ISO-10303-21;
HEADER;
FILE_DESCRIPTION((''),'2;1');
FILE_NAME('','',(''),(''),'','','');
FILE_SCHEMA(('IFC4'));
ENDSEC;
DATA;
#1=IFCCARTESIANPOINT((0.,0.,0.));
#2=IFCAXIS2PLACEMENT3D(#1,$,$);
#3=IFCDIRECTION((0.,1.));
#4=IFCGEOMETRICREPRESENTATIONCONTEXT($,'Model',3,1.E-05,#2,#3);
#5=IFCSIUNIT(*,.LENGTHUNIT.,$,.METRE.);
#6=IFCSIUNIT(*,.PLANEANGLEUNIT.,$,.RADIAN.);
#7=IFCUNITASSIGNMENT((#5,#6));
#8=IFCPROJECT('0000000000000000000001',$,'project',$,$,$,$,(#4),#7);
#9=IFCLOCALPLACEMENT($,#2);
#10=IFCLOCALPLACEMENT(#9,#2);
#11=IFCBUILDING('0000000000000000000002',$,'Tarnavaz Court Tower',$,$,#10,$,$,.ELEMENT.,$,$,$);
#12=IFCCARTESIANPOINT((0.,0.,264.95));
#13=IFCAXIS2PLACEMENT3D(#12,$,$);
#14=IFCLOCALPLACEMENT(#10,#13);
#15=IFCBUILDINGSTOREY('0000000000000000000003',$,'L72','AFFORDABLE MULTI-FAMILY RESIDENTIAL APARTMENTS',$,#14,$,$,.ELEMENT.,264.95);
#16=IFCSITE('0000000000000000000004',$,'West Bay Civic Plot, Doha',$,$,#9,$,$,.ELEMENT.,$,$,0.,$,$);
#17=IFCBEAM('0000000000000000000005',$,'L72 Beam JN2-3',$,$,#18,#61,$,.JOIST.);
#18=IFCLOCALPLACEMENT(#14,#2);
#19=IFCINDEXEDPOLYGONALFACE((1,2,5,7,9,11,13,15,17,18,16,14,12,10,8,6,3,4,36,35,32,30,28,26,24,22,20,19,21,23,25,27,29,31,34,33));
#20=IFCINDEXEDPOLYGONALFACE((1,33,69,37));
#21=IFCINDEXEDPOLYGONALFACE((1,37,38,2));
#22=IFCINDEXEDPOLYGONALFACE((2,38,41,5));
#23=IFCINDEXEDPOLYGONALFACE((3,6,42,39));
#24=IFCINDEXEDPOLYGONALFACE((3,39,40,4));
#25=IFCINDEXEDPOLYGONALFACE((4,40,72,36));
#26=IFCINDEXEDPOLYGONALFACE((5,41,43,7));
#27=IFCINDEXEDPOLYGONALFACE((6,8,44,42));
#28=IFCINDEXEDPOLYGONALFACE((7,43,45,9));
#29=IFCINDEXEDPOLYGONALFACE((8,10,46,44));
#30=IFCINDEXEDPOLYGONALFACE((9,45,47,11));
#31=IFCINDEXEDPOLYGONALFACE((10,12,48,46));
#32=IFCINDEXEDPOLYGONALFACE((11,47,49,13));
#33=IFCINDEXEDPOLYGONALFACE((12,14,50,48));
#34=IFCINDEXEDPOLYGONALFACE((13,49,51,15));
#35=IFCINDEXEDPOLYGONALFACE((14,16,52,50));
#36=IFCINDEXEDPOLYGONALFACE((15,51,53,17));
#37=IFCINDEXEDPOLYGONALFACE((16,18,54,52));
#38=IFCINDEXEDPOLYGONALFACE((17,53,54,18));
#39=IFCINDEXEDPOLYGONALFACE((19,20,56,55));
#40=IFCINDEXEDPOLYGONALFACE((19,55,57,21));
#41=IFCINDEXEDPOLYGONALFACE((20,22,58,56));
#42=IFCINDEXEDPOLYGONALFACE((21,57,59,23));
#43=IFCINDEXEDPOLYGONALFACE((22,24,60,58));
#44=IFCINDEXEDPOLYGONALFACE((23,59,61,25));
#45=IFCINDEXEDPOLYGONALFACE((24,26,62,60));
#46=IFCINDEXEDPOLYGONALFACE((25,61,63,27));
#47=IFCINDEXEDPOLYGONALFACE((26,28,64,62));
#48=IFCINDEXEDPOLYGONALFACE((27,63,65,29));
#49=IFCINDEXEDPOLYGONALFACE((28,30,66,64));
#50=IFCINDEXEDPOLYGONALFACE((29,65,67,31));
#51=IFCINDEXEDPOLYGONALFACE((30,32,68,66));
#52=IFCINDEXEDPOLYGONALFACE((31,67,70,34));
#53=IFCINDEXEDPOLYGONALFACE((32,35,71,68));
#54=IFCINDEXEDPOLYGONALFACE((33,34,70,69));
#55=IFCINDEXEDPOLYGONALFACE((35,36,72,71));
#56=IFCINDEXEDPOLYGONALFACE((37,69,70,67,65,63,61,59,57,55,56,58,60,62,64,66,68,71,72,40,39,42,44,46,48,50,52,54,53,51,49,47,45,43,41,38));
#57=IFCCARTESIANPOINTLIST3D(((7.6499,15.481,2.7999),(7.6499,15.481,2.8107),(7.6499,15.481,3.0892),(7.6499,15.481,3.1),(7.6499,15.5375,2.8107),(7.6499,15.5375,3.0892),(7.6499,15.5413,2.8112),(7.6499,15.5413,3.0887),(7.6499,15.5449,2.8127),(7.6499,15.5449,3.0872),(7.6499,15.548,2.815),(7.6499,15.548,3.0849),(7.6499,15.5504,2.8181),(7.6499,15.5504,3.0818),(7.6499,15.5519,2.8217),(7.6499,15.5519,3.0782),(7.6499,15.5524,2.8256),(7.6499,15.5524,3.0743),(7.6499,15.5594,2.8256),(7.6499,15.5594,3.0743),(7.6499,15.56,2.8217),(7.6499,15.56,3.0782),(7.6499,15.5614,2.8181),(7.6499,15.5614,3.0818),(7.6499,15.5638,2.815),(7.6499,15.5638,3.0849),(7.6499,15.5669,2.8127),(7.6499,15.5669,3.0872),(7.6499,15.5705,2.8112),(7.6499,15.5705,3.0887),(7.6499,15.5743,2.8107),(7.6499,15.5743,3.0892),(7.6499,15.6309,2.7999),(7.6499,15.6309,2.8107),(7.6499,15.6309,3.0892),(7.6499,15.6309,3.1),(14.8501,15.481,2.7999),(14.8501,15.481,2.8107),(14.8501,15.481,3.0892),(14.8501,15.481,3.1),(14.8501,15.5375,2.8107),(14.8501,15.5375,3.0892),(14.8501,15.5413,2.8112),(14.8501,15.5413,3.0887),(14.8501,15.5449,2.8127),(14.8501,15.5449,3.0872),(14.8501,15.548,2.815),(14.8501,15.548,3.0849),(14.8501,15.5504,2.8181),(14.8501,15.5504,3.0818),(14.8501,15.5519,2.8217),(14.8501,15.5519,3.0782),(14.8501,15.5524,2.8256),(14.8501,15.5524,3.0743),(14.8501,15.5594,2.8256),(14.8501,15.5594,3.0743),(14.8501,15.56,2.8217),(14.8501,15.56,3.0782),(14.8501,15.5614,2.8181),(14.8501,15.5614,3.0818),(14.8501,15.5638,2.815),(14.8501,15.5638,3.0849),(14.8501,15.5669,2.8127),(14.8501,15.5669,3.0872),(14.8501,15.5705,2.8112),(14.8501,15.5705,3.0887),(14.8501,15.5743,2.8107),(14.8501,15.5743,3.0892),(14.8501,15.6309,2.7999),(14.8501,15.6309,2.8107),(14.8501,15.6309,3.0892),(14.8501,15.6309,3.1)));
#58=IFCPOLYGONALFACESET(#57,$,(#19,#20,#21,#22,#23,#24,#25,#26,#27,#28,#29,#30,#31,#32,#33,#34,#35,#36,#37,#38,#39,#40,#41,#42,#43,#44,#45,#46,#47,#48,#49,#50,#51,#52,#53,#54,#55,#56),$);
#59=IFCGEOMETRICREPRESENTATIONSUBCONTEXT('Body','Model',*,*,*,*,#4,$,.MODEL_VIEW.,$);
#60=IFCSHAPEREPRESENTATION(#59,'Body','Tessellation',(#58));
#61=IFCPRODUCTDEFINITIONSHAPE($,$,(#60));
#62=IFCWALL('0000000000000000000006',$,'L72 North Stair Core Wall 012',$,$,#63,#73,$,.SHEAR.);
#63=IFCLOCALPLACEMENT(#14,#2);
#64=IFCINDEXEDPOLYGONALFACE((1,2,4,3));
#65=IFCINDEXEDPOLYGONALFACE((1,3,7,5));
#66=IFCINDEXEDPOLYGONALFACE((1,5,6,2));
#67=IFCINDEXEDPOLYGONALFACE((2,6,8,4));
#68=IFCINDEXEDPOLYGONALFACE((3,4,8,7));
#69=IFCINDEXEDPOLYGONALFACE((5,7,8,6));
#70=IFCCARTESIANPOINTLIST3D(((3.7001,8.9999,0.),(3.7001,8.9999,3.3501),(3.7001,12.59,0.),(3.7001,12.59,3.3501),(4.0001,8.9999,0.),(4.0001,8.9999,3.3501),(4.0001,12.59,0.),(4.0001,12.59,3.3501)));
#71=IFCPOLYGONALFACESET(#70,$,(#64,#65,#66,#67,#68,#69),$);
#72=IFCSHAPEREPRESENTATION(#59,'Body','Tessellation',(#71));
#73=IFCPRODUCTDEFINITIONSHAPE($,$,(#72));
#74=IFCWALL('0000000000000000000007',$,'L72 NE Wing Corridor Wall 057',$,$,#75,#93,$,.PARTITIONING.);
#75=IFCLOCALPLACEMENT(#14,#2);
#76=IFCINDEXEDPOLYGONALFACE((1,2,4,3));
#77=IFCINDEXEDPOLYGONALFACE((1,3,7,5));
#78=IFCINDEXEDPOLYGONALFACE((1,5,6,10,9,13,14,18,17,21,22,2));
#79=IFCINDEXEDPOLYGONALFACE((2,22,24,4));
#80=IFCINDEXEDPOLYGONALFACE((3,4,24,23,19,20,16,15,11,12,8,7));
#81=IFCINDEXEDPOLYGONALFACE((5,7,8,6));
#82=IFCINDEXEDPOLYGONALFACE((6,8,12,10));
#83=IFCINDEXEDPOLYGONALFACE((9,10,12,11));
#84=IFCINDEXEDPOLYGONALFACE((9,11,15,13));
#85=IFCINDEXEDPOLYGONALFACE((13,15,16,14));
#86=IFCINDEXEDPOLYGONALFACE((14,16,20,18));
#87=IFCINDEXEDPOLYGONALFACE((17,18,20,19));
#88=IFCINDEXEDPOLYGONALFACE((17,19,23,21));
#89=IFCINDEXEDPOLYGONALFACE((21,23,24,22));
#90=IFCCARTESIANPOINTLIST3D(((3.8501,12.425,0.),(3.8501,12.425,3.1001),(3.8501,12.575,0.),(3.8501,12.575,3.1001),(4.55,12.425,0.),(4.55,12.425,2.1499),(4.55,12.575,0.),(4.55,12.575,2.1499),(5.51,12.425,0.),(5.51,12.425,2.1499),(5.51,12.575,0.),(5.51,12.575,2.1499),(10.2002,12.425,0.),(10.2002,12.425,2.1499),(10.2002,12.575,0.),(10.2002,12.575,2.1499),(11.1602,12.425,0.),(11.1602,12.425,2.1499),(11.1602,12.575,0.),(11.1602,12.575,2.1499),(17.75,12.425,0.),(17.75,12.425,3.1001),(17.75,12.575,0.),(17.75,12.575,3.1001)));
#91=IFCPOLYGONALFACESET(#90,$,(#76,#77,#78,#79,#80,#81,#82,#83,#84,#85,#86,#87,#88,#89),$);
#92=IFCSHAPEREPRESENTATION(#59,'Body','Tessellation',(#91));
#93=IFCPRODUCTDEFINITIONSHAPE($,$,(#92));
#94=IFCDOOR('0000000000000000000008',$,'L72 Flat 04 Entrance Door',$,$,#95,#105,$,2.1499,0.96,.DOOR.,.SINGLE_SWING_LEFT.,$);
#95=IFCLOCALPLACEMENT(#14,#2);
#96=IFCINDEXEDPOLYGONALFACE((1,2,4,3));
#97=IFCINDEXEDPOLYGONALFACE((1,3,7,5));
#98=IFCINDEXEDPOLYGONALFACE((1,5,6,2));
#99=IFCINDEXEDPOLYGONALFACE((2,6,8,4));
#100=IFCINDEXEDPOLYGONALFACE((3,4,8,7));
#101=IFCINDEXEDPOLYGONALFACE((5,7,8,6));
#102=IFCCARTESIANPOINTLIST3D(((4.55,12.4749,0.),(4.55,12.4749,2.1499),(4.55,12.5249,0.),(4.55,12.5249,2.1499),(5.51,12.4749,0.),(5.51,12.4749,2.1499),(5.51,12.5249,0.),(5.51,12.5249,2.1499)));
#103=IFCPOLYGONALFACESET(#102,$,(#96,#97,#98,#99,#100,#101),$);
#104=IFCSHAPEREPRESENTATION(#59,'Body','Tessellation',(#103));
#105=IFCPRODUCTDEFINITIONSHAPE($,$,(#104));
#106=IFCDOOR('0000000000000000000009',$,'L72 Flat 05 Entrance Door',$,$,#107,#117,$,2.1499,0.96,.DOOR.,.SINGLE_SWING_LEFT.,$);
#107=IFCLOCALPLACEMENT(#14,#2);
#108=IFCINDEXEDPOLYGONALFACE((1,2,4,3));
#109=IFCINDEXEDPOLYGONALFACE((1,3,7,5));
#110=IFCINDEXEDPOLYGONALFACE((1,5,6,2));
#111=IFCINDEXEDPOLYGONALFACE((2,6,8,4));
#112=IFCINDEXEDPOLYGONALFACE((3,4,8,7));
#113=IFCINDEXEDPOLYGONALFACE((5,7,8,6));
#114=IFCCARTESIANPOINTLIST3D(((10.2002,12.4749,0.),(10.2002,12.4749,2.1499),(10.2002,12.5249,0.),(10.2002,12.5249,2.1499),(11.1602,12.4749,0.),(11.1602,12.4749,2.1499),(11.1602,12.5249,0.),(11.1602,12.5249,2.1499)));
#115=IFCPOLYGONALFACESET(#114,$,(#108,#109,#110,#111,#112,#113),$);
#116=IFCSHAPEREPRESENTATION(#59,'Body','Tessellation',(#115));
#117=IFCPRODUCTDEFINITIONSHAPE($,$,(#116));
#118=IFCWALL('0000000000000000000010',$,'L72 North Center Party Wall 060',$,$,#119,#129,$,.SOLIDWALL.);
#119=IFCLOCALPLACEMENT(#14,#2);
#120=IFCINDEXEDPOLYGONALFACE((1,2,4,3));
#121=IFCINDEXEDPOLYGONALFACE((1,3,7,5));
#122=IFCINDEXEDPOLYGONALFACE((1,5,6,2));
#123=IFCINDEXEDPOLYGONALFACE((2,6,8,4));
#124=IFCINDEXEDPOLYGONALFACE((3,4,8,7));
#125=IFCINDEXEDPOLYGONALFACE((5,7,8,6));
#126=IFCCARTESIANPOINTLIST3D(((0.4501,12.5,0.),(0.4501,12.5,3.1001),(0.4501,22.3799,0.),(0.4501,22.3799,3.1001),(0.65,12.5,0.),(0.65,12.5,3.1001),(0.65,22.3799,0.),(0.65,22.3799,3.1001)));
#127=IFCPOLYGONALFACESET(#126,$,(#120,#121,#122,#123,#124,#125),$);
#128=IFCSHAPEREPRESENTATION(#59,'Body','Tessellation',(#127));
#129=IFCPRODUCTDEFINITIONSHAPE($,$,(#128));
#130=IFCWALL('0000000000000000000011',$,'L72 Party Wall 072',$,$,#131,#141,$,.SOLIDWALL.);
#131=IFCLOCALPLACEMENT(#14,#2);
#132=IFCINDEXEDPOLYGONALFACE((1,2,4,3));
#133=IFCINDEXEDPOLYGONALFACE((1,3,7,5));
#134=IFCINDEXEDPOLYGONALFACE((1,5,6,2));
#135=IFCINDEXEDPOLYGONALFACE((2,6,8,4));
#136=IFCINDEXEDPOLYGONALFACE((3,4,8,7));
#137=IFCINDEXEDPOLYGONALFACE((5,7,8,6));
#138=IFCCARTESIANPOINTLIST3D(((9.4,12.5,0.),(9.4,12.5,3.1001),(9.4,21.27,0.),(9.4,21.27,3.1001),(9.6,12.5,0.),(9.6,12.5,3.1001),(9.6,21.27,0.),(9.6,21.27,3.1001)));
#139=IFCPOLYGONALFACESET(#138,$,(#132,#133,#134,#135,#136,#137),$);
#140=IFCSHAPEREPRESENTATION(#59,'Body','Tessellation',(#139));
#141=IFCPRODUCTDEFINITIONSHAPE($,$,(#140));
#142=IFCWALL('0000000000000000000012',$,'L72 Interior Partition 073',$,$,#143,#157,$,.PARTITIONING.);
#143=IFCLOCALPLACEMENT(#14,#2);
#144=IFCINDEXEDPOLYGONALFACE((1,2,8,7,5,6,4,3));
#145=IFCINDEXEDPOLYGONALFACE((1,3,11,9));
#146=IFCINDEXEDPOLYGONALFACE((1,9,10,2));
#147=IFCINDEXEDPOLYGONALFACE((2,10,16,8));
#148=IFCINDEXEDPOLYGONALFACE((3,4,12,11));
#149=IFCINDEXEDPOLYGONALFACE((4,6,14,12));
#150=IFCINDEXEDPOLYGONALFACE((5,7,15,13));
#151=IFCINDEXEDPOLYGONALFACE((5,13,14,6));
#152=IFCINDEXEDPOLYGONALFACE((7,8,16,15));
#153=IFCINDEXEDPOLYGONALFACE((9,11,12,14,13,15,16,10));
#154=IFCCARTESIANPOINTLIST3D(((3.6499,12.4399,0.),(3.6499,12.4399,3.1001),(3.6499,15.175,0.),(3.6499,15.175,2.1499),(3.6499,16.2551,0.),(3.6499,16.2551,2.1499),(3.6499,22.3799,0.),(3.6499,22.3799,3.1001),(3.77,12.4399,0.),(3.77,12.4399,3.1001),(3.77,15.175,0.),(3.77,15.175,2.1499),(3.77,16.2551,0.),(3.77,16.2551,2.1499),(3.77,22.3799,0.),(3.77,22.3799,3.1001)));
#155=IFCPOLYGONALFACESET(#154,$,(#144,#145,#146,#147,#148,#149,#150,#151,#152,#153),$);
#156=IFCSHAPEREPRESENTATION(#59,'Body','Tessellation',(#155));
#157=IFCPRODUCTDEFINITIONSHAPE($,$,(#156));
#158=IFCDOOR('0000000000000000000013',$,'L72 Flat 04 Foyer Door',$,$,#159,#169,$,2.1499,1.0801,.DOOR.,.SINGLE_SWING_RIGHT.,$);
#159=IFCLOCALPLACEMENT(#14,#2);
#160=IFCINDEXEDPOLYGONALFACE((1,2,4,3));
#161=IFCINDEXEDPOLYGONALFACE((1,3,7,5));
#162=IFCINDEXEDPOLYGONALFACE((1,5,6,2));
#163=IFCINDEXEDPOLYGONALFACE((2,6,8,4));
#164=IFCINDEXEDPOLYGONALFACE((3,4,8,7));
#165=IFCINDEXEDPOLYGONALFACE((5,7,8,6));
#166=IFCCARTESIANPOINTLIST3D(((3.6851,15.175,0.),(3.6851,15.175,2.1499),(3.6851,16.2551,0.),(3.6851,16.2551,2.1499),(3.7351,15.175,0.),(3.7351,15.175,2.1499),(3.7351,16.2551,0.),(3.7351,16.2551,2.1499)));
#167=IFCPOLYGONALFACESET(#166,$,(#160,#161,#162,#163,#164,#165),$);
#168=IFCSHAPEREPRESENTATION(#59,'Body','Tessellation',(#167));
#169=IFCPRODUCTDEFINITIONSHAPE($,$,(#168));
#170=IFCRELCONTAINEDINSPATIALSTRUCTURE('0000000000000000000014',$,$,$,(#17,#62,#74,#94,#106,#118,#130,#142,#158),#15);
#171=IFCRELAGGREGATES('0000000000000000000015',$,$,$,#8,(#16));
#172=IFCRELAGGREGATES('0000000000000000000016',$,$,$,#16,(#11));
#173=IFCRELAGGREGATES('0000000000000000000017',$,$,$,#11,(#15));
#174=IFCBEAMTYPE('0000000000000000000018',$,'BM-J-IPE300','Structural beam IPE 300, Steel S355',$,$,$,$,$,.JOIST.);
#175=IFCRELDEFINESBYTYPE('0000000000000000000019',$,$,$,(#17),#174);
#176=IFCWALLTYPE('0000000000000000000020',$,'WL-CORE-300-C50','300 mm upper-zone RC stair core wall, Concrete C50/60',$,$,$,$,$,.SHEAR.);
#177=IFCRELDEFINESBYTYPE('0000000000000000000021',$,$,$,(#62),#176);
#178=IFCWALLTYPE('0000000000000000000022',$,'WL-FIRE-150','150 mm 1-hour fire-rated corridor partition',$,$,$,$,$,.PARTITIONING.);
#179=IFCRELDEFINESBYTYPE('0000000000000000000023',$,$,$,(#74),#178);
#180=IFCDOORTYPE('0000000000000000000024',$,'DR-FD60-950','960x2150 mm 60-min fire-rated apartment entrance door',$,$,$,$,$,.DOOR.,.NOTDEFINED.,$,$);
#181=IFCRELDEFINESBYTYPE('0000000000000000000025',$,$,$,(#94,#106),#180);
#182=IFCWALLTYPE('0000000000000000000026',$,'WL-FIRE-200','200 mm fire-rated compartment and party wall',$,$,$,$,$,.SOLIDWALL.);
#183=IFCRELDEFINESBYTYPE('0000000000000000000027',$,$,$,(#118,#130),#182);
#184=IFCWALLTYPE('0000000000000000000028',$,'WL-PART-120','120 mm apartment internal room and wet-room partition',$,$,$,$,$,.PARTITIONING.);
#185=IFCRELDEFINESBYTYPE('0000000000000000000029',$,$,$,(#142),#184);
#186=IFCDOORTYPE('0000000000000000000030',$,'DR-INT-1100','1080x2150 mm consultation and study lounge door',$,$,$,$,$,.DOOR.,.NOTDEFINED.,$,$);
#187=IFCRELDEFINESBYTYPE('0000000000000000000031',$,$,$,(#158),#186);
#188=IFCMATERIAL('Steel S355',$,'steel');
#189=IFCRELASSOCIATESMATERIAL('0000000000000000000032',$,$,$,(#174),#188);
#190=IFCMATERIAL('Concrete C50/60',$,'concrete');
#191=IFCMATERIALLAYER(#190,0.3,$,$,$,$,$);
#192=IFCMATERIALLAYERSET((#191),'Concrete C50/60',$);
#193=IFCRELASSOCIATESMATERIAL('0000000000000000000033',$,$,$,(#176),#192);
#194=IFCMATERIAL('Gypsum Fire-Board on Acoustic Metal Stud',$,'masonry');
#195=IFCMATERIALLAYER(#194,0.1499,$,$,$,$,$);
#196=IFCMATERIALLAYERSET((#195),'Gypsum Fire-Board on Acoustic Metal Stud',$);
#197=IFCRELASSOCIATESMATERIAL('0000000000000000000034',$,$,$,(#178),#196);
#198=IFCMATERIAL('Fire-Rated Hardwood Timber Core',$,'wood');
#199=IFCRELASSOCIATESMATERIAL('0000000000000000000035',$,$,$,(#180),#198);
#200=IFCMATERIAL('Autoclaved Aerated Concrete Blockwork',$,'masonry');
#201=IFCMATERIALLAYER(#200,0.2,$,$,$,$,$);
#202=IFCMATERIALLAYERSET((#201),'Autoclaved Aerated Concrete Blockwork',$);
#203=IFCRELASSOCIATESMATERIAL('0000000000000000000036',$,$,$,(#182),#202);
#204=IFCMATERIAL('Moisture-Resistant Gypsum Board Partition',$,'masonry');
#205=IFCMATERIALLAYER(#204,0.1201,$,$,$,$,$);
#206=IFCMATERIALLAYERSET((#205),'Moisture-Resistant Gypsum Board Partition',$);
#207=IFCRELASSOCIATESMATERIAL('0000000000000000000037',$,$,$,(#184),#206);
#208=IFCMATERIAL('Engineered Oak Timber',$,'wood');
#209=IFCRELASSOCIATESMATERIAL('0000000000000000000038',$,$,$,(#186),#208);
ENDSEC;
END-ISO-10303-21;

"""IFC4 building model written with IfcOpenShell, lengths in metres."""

from ifc_helpers import new_model, si_unit, direction, frame, frame_2d, origin, origin_2d, place, context, subcontext, project, spatial, rectangle, i_section, extrude, material, layer, layer_set, material_profile, profile_set, type_object, element, fill, save


model = new_model("IFC4")

# Units and contexts
model_context = context("Model", 3, precision=1e-05, world=origin(), true_north=direction((0.0, 1.0)))
body_context = subcontext(model_context, "Body", "Model", "MODEL_VIEW")
ifc_project = project(units=[si_unit("LENGTHUNIT", "METRE"), si_unit("PLANEANGLEUNIT", "RADIAN")], contexts=[model_context])

# Site, building, storey
site_placement = place(None, origin())
site = spatial("IfcSite", under=ifc_project, at=site_placement, Name="West Bay Civic Plot, Doha", CompositionType="ELEMENT", RefElevation=0.0)
building_placement = place(site_placement, origin())
building = spatial("IfcBuilding", under=site, at=building_placement, Name="Tarnavaz Court Tower", CompositionType="ELEMENT")
storey_placement = place(building_placement, frame((0.0, 0.0, 264.95)))
storey = spatial("IfcBuildingStorey", under=building, at=storey_placement, Name="L72", Description="AFFORDABLE MULTI-FAMILY RESIDENTIAL APARTMENTS", CompositionType="ELEMENT", Elevation=264.95)

# Shared definitions
ifc_material_1 = material(Name="Concrete C50/60", Category="concrete")

# Beam
ifc_material_2 = material(Name="Steel S355", Category="steel")
ifc_material_profile_1 = material_profile(ifc_material_2, i_section(OverallWidth=0.1499, OverallDepth=0.3, WebThickness=0.0071, FlangeThickness=0.0107, FilletRadius=0.0149, at=origin_2d()), Name="IPE 300")
ifc_profile_set_1 = profile_set([ifc_material_profile_1], Name="Steel S355")
beam_type_1 = type_object("IfcBeamType", Name="BM-J-IPE300", Description="Structural beam IPE 300, Steel S355", PredefinedType="JOIST", material=ifc_profile_set_1)
for number, where, z_axis, x_axis, name in (
    (1, (7.6499, 15.5559, 2.95), (1.0, 0.0, 0.0), (0.0, 1.0, 0.0), "L72 Beam JN2-3"),
):
    element("IfcBeam", number, at=place(storey_placement, frame(where, z_axis=z_axis, x_axis=x_axis)), inside=storey, type_object=beam_type_1, Name=name, PredefinedType="JOIST", context=body_context, shape_type="SweptSolid", body=[
        extrude(i_section(OverallWidth=0.1499, OverallDepth=0.3, WebThickness=0.0071, FlangeThickness=0.0107, FilletRadius=0.0149, at=origin_2d()), origin(), (0.0, 0.0, 1.0), 7.2002),
    ])

# Shared definitions
ifc_layer_1 = layer(ifc_material_1, 0.3)
ifc_layer_set_1 = layer_set([ifc_layer_1], Name="Concrete C50/60")
wall_type_1 = type_object("IfcWallType", Name="WL-CORE-300-C50", Description="300 mm upper-zone RC stair core wall, Concrete C50/60", PredefinedType="SHEAR", material=ifc_layer_set_1)
ifc_material_3 = material(Name="Fire-Rated Hardwood Timber Core", Category="wood")

# Wall
wall_1_placement = place(storey_placement, frame((3.8501, 9.0, 0.0), z_axis=(0.0, 0.0, 1.0), x_axis=(0.0, 1.0, 0.0)))
element("IfcWall", 2, at=wall_1_placement, inside=storey, type_object=wall_type_1, Name="L72 North Stair Core Wall 012", PredefinedType="SHEAR", context=body_context, shape_type="SweptSolid", body=[
    extrude(rectangle(XDim=3.5901, YDim=0.3, at=frame_2d((1.7949, 0.0))), origin(), (0.0, 0.0, 1.0), 3.3501),
])

# Wall, openings, doors
ifc_material_4 = material(Name="Gypsum Fire-Board on Acoustic Metal Stud", Category="masonry")
ifc_layer_2 = layer(ifc_material_4, 0.1499)
ifc_layer_set_2 = layer_set([ifc_layer_2], Name="Gypsum Fire-Board on Acoustic Metal Stud")
wall_type_2 = type_object("IfcWallType", Name="WL-FIRE-150", Description="150 mm 1-hour fire-rated corridor partition", PredefinedType="PARTITIONING", material=ifc_layer_set_2)
wall_2_placement = place(storey_placement, frame((3.8501, 12.5, 0.0), z_axis=(0.0, 0.0, 1.0), x_axis=(1.0, 0.0, 0.0)))
wall_2 = element("IfcWall", 3, at=wall_2_placement, inside=storey, type_object=wall_type_2, Name="L72 NE Wing Corridor Wall 057", PredefinedType="PARTITIONING", context=body_context, shape_type="SweptSolid", body=[
    extrude(rectangle(XDim=13.8999, YDim=0.1499, at=frame_2d((6.95, 0.0))), origin(), (0.0, 0.0, 1.0), 3.1001),
])
opening_1_placement = place(wall_2_placement, frame((0.7, 0.0, 0.0)))
opening_1 = element("IfcOpeningElement", 4, at=opening_1_placement, cuts=wall_2, PredefinedType="OPENING", context=body_context, shape_type="SweptSolid", body=[
    extrude(rectangle(XDim=0.96, YDim=2.1499, at=frame_2d((0.48, 1.075))), frame((0.0, 0.085, 0.0), z_axis=(0.0, -1.0, 0.0), x_axis=(1.0, 0.0, 0.0)), (0.0, 0.0, 1.0), 0.1699),
])
opening_2_placement = place(wall_2_placement, frame((6.3501, 0.0, 0.0)))
opening_2 = element("IfcOpeningElement", 5, at=opening_2_placement, cuts=wall_2, PredefinedType="OPENING", context=body_context, shape_type="SweptSolid", body=[
    extrude(rectangle(XDim=0.96, YDim=2.1499, at=frame_2d((0.48, 1.075))), frame((0.0, 0.085, 0.0), z_axis=(0.0, -1.0, 0.0), x_axis=(1.0, 0.0, 0.0)), (0.0, 0.0, 1.0), 0.1699),
])
door_type_1 = type_object("IfcDoorType", Name="DR-FD60-950", Description="960x2150 mm 60-min fire-rated apartment entrance door", OperationType="NOTDEFINED", PredefinedType="DOOR", material=ifc_material_3)
door_1_placement = place(opening_1_placement, origin())
door_1 = element("IfcDoor", 6, at=door_1_placement, inside=storey, type_object=door_type_1, Name="L72 Flat 04 Entrance Door", OperationType="SINGLE_SWING_LEFT", OverallHeight=2.1499, OverallWidth=0.96, PredefinedType="DOOR", context=body_context, shape_type="SweptSolid", body=[
    extrude(rectangle(XDim=0.96, YDim=2.1499, at=frame_2d((0.48, 1.075))), frame((0.0, 0.0249, 0.0), z_axis=(0.0, -1.0, 0.0), x_axis=(1.0, 0.0, 0.0)), (0.0, 0.0, 1.0), 0.05),
])
fill(opening_1, door_1)
door_2_placement = place(opening_2_placement, origin())
door_2 = element("IfcDoor", 7, at=door_2_placement, inside=storey, type_object=door_type_1, Name="L72 Flat 05 Entrance Door", OperationType="SINGLE_SWING_LEFT", OverallHeight=2.1499, OverallWidth=0.96, PredefinedType="DOOR", context=body_context, shape_type="SweptSolid", body=[
    extrude(rectangle(XDim=0.96, YDim=2.1499, at=frame_2d((0.48, 1.075))), frame((0.0, 0.0249, 0.0), z_axis=(0.0, -1.0, 0.0), x_axis=(1.0, 0.0, 0.0)), (0.0, 0.0, 1.0), 0.05),
])
fill(opening_2, door_2)

# Walls
ifc_material_5 = material(Name="Autoclaved Aerated Concrete Blockwork", Category="masonry")
ifc_layer_3 = layer(ifc_material_5, 0.2)
ifc_layer_set_3 = layer_set([ifc_layer_3], Name="Autoclaved Aerated Concrete Blockwork")
wall_type_3 = type_object("IfcWallType", Name="WL-FIRE-200", Description="200 mm fire-rated compartment and party wall", PredefinedType="SOLIDWALL", material=ifc_layer_set_3)
wall_3_placement = place(storey_placement, frame((0.55, 12.5, 0.0), z_axis=(0.0, 0.0, 1.0), x_axis=(0.0, 1.0, 0.0)))
element("IfcWall", 8, at=wall_3_placement, inside=storey, type_object=wall_type_3, Name="L72 North Center Party Wall 060", PredefinedType="SOLIDWALL", context=body_context, shape_type="SweptSolid", body=[
    extrude(rectangle(XDim=9.8799, YDim=0.2, at=frame_2d((4.9399, 0.0))), origin(), (0.0, 0.0, 1.0), 3.1001),
])
wall_4_placement = place(storey_placement, frame((9.5, 12.5, 0.0), z_axis=(0.0, 0.0, 1.0), x_axis=(0.0, 1.0, 0.0)))
element("IfcWall", 9, at=wall_4_placement, inside=storey, type_object=wall_type_3, Name="L72 Party Wall 072", PredefinedType="SOLIDWALL", context=body_context, shape_type="SweptSolid", body=[
    extrude(rectangle(XDim=8.77, YDim=0.2, at=frame_2d((4.385, 0.0))), origin(), (0.0, 0.0, 1.0), 3.1001),
])

# Wall, opening, door
ifc_material_6 = material(Name="Moisture-Resistant Gypsum Board Partition", Category="masonry")
ifc_layer_4 = layer(ifc_material_6, 0.1201)
ifc_layer_set_4 = layer_set([ifc_layer_4], Name="Moisture-Resistant Gypsum Board Partition")
wall_type_4 = type_object("IfcWallType", Name="WL-PART-120", Description="120 mm apartment internal room and wet-room partition", PredefinedType="PARTITIONING", material=ifc_layer_set_4)
wall_5_placement = place(storey_placement, frame((3.71, 12.4399, 0.0), z_axis=(0.0, 0.0, 1.0), x_axis=(0.0, 1.0, 0.0)))
wall_5 = element("IfcWall", 10, at=wall_5_placement, inside=storey, type_object=wall_type_4, Name="L72 Interior Partition 073", PredefinedType="PARTITIONING", context=body_context, shape_type="SweptSolid", body=[
    extrude(rectangle(XDim=9.9399, YDim=0.1201, at=frame_2d((4.97, 0.0))), origin(), (0.0, 0.0, 1.0), 3.1001),
])
opening_3_placement = place(wall_5_placement, frame((2.7351, 0.0, 0.0)))
opening_3 = element("IfcOpeningElement", 11, at=opening_3_placement, cuts=wall_5, PredefinedType="OPENING", context=body_context, shape_type="SweptSolid", body=[
    extrude(rectangle(XDim=1.0801, YDim=2.1499, at=frame_2d((0.54, 1.075))), frame((0.0, 0.0701, 0.0), z_axis=(0.0, -1.0, 0.0), x_axis=(1.0, 0.0, 0.0)), (0.0, 0.0, 1.0), 0.1401),
])
ifc_material_7 = material(Name="Engineered Oak Timber", Category="wood")
door_type_2 = type_object("IfcDoorType", Name="DR-INT-1100", Description="1080x2150 mm consultation and study lounge door", OperationType="NOTDEFINED", PredefinedType="DOOR", material=ifc_material_7)
door_3_placement = place(opening_3_placement, origin())
door_3 = element("IfcDoor", 12, at=door_3_placement, inside=storey, type_object=door_type_2, Name="L72 Flat 04 Foyer Door", OperationType="SINGLE_SWING_RIGHT", OverallHeight=2.1499, OverallWidth=1.0801, PredefinedType="DOOR", context=body_context, shape_type="SweptSolid", body=[
    extrude(rectangle(XDim=1.0801, YDim=2.1499, at=frame_2d((0.54, 1.075))), frame((0.0, 0.0249, 0.0), z_axis=(0.0, -1.0, 0.0), x_axis=(1.0, 0.0, 0.0)), (0.0, 0.0, 1.0), 0.05),
])
fill(opening_3, door_3)

save(model, "model.ifc")
